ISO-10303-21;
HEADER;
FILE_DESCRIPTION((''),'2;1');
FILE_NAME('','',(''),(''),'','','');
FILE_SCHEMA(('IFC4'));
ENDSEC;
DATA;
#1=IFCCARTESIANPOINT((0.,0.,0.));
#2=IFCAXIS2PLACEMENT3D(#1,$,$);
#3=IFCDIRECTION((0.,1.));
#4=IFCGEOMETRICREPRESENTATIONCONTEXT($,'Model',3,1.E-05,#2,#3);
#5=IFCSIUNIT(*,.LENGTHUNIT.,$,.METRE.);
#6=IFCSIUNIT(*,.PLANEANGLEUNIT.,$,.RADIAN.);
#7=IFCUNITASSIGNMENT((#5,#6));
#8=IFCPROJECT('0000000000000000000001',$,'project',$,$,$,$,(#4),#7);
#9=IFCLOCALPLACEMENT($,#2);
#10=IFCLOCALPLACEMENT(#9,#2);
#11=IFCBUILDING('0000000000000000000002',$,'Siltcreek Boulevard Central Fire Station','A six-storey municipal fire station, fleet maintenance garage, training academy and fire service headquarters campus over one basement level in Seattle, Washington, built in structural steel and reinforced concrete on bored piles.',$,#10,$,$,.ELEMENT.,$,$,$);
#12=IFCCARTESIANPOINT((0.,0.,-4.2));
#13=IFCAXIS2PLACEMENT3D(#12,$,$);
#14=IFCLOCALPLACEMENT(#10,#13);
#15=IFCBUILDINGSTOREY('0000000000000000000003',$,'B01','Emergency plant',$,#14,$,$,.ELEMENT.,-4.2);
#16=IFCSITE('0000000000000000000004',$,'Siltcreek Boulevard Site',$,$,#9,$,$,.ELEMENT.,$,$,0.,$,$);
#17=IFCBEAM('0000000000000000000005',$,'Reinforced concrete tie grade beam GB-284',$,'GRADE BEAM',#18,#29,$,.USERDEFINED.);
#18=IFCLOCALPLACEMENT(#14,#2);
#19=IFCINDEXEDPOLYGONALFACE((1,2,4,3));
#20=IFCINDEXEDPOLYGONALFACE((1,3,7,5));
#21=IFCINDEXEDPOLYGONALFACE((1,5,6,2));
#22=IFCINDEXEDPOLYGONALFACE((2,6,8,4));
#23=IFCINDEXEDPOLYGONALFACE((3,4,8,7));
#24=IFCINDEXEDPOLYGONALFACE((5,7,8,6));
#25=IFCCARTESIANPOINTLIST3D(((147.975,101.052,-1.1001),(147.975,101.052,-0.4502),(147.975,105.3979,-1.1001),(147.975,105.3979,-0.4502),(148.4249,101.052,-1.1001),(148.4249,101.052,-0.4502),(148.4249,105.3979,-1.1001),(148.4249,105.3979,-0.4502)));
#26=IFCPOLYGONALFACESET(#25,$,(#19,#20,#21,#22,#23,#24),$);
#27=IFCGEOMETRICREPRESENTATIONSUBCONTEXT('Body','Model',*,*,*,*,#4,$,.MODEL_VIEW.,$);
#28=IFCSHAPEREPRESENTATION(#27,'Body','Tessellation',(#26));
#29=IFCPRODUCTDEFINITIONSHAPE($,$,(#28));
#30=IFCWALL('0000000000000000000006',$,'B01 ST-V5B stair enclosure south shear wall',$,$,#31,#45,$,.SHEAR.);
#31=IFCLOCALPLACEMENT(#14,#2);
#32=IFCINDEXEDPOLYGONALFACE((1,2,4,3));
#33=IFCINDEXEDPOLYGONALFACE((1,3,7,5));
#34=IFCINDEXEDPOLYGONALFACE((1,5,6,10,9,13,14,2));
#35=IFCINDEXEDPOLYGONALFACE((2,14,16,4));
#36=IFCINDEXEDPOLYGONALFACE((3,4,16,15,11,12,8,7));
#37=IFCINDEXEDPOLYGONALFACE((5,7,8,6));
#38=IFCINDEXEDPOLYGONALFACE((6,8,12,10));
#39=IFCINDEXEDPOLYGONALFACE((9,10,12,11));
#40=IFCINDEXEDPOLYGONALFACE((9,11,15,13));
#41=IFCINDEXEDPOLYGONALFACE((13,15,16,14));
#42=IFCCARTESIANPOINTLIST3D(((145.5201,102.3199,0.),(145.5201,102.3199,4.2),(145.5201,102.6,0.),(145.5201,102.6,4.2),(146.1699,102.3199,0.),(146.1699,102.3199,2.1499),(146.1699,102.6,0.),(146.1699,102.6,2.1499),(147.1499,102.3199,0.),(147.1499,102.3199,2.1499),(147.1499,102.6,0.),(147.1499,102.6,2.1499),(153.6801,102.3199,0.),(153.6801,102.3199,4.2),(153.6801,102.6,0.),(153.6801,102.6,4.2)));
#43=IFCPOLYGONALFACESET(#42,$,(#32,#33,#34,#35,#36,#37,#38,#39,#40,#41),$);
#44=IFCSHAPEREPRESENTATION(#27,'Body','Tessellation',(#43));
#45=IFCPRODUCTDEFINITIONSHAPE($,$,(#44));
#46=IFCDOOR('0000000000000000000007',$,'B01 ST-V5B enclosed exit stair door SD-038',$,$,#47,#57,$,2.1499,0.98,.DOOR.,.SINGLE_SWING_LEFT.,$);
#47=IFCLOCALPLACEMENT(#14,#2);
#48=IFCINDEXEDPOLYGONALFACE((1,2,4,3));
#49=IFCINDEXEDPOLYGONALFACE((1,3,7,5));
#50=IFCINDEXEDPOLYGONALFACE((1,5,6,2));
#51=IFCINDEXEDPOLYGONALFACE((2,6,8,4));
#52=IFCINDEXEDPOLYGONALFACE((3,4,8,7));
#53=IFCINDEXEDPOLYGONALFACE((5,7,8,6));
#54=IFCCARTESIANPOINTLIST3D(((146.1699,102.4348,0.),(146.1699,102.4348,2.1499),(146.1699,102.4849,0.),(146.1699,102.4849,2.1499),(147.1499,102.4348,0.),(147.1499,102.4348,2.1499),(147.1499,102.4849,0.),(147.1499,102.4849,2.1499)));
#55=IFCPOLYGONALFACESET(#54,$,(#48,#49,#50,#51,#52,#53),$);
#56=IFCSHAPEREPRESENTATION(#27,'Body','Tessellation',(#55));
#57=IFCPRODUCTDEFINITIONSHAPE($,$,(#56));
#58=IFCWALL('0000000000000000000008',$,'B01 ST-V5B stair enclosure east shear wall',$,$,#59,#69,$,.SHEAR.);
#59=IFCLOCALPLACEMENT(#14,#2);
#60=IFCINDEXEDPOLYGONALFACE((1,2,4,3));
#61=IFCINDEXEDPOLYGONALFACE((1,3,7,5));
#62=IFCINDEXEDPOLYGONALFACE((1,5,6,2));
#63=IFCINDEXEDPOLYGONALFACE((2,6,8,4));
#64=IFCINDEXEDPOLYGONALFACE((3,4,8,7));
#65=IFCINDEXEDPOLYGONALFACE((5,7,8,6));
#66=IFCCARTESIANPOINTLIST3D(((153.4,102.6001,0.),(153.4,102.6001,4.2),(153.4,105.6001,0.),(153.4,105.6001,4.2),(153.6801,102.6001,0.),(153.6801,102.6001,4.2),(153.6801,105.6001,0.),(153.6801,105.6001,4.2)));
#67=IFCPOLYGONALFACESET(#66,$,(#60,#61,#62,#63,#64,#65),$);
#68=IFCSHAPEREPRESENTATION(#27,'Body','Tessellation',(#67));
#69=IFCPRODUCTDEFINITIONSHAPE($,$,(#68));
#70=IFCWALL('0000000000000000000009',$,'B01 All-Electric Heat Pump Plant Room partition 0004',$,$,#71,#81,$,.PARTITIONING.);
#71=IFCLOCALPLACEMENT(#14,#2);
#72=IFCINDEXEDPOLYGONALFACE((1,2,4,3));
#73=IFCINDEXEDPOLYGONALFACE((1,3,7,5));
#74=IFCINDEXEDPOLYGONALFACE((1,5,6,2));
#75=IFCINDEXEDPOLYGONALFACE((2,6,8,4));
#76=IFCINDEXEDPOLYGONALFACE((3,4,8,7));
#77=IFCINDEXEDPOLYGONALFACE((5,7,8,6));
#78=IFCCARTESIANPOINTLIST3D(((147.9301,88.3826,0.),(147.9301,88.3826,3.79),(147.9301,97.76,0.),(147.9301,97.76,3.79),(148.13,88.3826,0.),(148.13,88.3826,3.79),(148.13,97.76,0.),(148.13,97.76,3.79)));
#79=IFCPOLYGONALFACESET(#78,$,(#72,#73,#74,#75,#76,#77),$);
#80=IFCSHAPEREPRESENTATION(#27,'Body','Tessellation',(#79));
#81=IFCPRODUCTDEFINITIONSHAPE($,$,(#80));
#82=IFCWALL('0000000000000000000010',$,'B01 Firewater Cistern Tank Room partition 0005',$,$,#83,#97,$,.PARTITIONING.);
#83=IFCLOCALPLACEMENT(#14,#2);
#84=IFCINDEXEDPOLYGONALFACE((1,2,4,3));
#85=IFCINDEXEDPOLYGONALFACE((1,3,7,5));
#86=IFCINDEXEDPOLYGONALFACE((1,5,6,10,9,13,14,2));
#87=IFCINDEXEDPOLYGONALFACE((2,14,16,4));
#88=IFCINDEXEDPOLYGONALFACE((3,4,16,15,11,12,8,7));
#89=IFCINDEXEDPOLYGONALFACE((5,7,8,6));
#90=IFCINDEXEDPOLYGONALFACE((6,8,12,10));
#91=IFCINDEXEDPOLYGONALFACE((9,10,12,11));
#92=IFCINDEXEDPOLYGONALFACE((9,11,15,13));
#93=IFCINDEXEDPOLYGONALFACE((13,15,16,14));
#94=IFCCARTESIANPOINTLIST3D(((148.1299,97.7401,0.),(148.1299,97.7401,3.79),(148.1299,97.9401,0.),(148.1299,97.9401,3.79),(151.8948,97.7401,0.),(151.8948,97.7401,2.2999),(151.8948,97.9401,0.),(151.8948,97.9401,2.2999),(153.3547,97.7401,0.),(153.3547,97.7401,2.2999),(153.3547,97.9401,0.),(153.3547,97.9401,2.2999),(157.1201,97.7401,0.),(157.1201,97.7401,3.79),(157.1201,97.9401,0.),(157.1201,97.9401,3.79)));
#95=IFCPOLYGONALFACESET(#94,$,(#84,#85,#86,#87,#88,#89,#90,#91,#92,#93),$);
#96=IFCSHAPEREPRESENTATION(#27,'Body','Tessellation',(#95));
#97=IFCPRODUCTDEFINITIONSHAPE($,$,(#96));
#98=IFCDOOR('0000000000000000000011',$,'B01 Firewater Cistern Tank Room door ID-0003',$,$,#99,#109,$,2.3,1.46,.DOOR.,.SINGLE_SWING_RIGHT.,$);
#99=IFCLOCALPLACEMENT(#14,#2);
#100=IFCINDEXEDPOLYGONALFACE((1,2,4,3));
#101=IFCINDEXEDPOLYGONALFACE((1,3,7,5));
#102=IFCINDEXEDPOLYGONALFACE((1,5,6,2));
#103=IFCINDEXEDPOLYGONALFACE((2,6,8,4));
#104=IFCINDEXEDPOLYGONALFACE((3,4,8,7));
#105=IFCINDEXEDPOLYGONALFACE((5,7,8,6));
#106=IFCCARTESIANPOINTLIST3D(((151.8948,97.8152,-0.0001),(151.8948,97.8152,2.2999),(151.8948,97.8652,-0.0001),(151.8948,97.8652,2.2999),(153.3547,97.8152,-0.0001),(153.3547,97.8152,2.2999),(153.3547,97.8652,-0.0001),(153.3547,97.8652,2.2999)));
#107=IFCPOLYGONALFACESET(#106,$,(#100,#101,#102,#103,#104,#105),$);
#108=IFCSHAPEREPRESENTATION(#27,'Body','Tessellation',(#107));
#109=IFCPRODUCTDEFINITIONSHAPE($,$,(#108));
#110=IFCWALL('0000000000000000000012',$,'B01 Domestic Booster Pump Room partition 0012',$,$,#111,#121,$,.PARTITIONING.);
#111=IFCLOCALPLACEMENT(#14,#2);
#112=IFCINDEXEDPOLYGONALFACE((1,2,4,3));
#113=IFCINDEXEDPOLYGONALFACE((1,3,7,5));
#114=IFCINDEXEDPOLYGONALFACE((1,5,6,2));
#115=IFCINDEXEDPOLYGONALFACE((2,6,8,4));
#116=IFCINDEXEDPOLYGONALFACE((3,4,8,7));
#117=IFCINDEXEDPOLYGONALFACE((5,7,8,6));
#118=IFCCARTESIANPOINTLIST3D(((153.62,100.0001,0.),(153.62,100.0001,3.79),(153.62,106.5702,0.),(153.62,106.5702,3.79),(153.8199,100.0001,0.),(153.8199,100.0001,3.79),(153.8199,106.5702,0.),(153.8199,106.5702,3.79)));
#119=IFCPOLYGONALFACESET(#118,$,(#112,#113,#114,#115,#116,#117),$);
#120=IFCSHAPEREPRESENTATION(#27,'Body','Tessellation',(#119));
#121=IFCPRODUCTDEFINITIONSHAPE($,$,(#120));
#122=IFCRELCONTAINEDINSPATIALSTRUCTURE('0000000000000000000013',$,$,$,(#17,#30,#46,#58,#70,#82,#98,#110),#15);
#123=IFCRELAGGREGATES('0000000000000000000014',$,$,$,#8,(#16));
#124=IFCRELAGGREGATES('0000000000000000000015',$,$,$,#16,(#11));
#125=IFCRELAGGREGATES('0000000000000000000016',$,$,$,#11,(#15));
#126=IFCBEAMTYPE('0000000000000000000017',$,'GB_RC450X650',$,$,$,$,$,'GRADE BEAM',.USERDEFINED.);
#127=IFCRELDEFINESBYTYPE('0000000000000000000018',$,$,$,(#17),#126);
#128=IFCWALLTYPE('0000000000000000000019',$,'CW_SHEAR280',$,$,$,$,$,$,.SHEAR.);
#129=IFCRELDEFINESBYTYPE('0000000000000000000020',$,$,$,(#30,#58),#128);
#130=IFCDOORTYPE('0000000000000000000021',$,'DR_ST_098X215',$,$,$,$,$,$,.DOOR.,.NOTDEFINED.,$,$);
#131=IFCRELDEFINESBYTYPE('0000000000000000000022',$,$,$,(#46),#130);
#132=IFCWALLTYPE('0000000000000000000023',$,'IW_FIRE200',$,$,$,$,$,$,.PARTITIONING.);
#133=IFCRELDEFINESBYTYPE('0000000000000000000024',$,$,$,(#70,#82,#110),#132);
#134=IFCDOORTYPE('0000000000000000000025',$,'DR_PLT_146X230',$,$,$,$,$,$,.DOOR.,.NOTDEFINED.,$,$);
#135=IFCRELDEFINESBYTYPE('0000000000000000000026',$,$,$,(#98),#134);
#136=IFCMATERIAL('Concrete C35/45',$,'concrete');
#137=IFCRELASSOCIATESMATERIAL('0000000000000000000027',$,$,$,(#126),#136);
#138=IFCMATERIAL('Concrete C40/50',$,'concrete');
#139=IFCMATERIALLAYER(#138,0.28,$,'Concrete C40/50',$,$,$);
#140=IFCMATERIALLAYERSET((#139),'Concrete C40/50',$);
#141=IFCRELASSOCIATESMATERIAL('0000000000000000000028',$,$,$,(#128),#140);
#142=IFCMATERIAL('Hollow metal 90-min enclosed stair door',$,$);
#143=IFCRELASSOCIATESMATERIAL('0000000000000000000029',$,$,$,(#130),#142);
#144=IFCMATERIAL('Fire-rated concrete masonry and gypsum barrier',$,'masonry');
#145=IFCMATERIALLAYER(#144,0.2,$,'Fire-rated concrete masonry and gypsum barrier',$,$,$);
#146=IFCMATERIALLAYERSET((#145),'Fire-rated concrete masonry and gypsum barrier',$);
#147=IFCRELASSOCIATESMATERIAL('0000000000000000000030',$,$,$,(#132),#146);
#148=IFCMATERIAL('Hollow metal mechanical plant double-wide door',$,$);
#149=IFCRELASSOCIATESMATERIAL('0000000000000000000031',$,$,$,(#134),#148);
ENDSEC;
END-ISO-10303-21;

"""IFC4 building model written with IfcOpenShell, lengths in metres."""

from ifc_helpers import new_model, si_unit, direction, frame, frame_2d, origin, origin_2d, place, context, subcontext, project, spatial, rectangle, extrude, material, layer, layer_set, material_profile, profile_set, type_object, element, fill, save


model = new_model("IFC4")

# Units and contexts
model_context = context("Model", 3, precision=1e-05, world=origin(), true_north=direction((0.0, 1.0)))
body_context = subcontext(model_context, "Body", "Model", "MODEL_VIEW")
ifc_project = project(units=[si_unit("LENGTHUNIT", "METRE"), si_unit("PLANEANGLEUNIT", "RADIAN")], contexts=[model_context])

# Site, building, storey
site_placement = place(None, origin())
site = spatial("IfcSite", under=ifc_project, at=site_placement, Name="Siltcreek Boulevard Site", CompositionType="ELEMENT", RefElevation=0.0)
building_placement = place(site_placement, origin())
building = spatial("IfcBuilding", under=site, at=building_placement, Name="Siltcreek Boulevard Central Fire Station", Description="A six-storey municipal fire station, fleet maintenance garage, training academy and fire service headquarters campus over one basement level in Seattle, Washington, built in structural steel and reinforced concrete on bored piles.", CompositionType="ELEMENT")
storey_placement = place(building_placement, frame((0.0, 0.0, -4.2)))
storey = spatial("IfcBuildingStorey", under=building, at=storey_placement, Name="B01", Description="Emergency plant", CompositionType="ELEMENT", Elevation=-4.2)

# Shared definitions
ifc_material_1 = material(Name="Concrete C35/45", Category="concrete")

# Beam
ifc_material_profile_1 = material_profile(ifc_material_1, rectangle(XDim=0.45, YDim=0.6499, at=origin_2d()), Name="RC450X650")
ifc_profile_set_1 = profile_set([ifc_material_profile_1], Name="Concrete C35/45")
beam_type_1 = type_object("IfcBeamType", Name="GB_RC450X650", ElementType="GRADE BEAM", PredefinedType="USERDEFINED", material=ifc_profile_set_1)
beam_1_placement = place(storey_placement, frame((148.2, 101.052, -0.7751), z_axis=(0.0, 1.0, 0.0), x_axis=(-1.0, 0.0, 0.0)))
element("IfcBeam", 1, at=beam_1_placement, inside=storey, type_object=beam_type_1, Name="Reinforced concrete tie grade beam GB-284", ObjectType="GRADE BEAM", PredefinedType="USERDEFINED", context=body_context, shape_type="SweptSolid", body=[
    extrude(rectangle(XDim=0.45, YDim=0.6499, at=origin_2d()), origin(), (0.0, 0.0, 1.0), 4.3459),
])

# Wall, opening, door
ifc_material_2 = material(Name="Concrete C40/50", Category="concrete")
ifc_layer_1 = layer(ifc_material_2, 0.28, Name="Concrete C40/50")
ifc_layer_set_1 = layer_set([ifc_layer_1], Name="Concrete C40/50")
wall_type_1 = type_object("IfcWallType", Name="CW_SHEAR280", PredefinedType="SHEAR", material=ifc_layer_set_1)
wall_1_placement = place(storey_placement, frame((145.52, 102.46, 0.0), z_axis=(0.0, 0.0, 1.0), x_axis=(1.0, 0.0, 0.0)))
wall_1 = element("IfcWall", 2, at=wall_1_placement, inside=storey, type_object=wall_type_1, Name="B01 ST-V5B stair enclosure south shear wall", PredefinedType="SHEAR", context=body_context, shape_type="SweptSolid", body=[
    extrude(rectangle(XDim=8.1599, YDim=0.28, at=frame_2d((4.0801, 0.0))), origin(), (0.0, 0.0, 1.0), 4.2),
])
opening_1_placement = place(wall_1_placement, frame((0.6499, 0.0, 0.0)))
opening_1 = element("IfcOpeningElement", 3, at=opening_1_placement, cuts=wall_1, PredefinedType="OPENING", context=body_context, shape_type="SweptSolid", body=[
    extrude(rectangle(XDim=0.98, YDim=2.1499, at=frame_2d((0.49, 1.075))), frame((0.0, 0.1499, 0.0), z_axis=(0.0, -1.0, 0.0), x_axis=(1.0, 0.0, 0.0)), (0.0, 0.0, 1.0), 0.3),
])
ifc_material_3 = material(Name="Hollow metal 90-min enclosed stair door")
door_type_1 = type_object("IfcDoorType", Name="DR_ST_098X215", OperationType="NOTDEFINED", PredefinedType="DOOR", material=ifc_material_3)
door_1_placement = place(opening_1_placement, origin())
door_1 = element("IfcDoor", 4, at=door_1_placement, inside=storey, type_object=door_type_1, Name="B01 ST-V5B enclosed exit stair door SD-038", OperationType="SINGLE_SWING_LEFT", OverallHeight=2.1499, OverallWidth=0.98, PredefinedType="DOOR", context=body_context, shape_type="SweptSolid", body=[
    extrude(rectangle(XDim=0.98, YDim=2.1499, at=frame_2d((0.49, 1.075))), frame((0.0, 0.0249, 0.0), z_axis=(0.0, -1.0, 0.0), x_axis=(1.0, 0.0, 0.0)), (0.0, 0.0, 1.0), 0.05),
])
fill(opening_1, door_1)

# Walls
wall_2_placement = place(storey_placement, frame((153.54, 102.6001, 0.0), z_axis=(0.0, 0.0, 1.0), x_axis=(0.0, 1.0, 0.0)))
element("IfcWall", 5, at=wall_2_placement, inside=storey, type_object=wall_type_1, Name="B01 ST-V5B stair enclosure east shear wall", PredefinedType="SHEAR", context=body_context, shape_type="SweptSolid", body=[
    extrude(rectangle(XDim=3.0, YDim=0.28, at=frame_2d((1.5, 0.0))), origin(), (0.0, 0.0, 1.0), 4.2),
])
ifc_material_4 = material(Name="Fire-rated concrete masonry and gypsum barrier", Category="masonry")
ifc_layer_2 = layer(ifc_material_4, 0.2, Name="Fire-rated concrete masonry and gypsum barrier")
ifc_layer_set_2 = layer_set([ifc_layer_2], Name="Fire-rated concrete masonry and gypsum barrier")
wall_type_2 = type_object("IfcWallType", Name="IW_FIRE200", PredefinedType="PARTITIONING", material=ifc_layer_set_2)
wall_3_placement = place(storey_placement, frame((148.03, 97.76, 0.0), z_axis=(0.0, 0.0, 1.0), x_axis=(0.0, -1.0, 0.0)))
element("IfcWall", 6, at=wall_3_placement, inside=storey, type_object=wall_type_2, Name="B01 All-Electric Heat Pump Plant Room partition 0004", PredefinedType="PARTITIONING", context=body_context, shape_type="SweptSolid", body=[
    extrude(rectangle(XDim=9.3774, YDim=0.2, at=frame_2d((4.6887, 0.0))), origin(), (0.0, 0.0, 1.0), 3.79),
])

# Wall, opening, door
wall_4_placement = place(storey_placement, frame((148.1299, 97.8401, 0.0), z_axis=(0.0, 0.0, 1.0), x_axis=(1.0, 0.0, 0.0)))
wall_4 = element("IfcWall", 7, at=wall_4_placement, inside=storey, type_object=wall_type_2, Name="B01 Firewater Cistern Tank Room partition 0005", PredefinedType="PARTITIONING", context=body_context, shape_type="SweptSolid", body=[
    extrude(rectangle(XDim=8.9902, YDim=0.2, at=frame_2d((4.4951, 0.0))), origin(), (0.0, 0.0, 1.0), 3.79),
])
opening_2_placement = place(wall_4_placement, frame((3.7649, 0.0, 0.0)))
opening_2 = element("IfcOpeningElement", 8, at=opening_2_placement, cuts=wall_4, PredefinedType="OPENING", context=body_context, shape_type="SweptSolid", body=[
    extrude(rectangle(XDim=1.46, YDim=2.3, at=frame_2d((0.73, 1.1499))), frame((0.0, 0.1099, 0.0), z_axis=(0.0, -1.0, 0.0), x_axis=(1.0, 0.0, 0.0)), (0.0, 0.0, 1.0), 0.22),
])
ifc_material_5 = material(Name="Hollow metal mechanical plant double-wide door")
door_type_2 = type_object("IfcDoorType", Name="DR_PLT_146X230", OperationType="NOTDEFINED", PredefinedType="DOOR", material=ifc_material_5)
door_2_placement = place(opening_2_placement, frame((1.46, 0.0, 0.0), z_axis=(0.0, 0.0, 1.0), x_axis=(-1.0, 0.0, 0.0)))
door_2 = element("IfcDoor", 9, at=door_2_placement, inside=storey, type_object=door_type_2, Name="B01 Firewater Cistern Tank Room door ID-0003", OperationType="SINGLE_SWING_RIGHT", OverallHeight=2.3, OverallWidth=1.46, PredefinedType="DOOR", context=body_context, shape_type="SweptSolid", body=[
    extrude(rectangle(XDim=1.46, YDim=2.3, at=frame_2d((0.73, 1.1499))), frame((0.0, 0.0249, 0.0), z_axis=(0.0, -1.0, 0.0), x_axis=(1.0, 0.0, 0.0)), (0.0, 0.0, 1.0), 0.05),
])
fill(opening_2, door_2)

# Wall
wall_5_placement = place(storey_placement, frame((153.72, 100.0, 0.0), z_axis=(0.0, 0.0, 1.0), x_axis=(0.0, 1.0, 0.0)))
element("IfcWall", 10, at=wall_5_placement, inside=storey, type_object=wall_type_2, Name="B01 Domestic Booster Pump Room partition 0012", PredefinedType="PARTITIONING", context=body_context, shape_type="SweptSolid", body=[
    extrude(rectangle(XDim=6.5701, YDim=0.2, at=frame_2d((3.2852, 0.0))), origin(), (0.0, 0.0, 1.0), 3.79),
])

save(model, "model.ifc")
